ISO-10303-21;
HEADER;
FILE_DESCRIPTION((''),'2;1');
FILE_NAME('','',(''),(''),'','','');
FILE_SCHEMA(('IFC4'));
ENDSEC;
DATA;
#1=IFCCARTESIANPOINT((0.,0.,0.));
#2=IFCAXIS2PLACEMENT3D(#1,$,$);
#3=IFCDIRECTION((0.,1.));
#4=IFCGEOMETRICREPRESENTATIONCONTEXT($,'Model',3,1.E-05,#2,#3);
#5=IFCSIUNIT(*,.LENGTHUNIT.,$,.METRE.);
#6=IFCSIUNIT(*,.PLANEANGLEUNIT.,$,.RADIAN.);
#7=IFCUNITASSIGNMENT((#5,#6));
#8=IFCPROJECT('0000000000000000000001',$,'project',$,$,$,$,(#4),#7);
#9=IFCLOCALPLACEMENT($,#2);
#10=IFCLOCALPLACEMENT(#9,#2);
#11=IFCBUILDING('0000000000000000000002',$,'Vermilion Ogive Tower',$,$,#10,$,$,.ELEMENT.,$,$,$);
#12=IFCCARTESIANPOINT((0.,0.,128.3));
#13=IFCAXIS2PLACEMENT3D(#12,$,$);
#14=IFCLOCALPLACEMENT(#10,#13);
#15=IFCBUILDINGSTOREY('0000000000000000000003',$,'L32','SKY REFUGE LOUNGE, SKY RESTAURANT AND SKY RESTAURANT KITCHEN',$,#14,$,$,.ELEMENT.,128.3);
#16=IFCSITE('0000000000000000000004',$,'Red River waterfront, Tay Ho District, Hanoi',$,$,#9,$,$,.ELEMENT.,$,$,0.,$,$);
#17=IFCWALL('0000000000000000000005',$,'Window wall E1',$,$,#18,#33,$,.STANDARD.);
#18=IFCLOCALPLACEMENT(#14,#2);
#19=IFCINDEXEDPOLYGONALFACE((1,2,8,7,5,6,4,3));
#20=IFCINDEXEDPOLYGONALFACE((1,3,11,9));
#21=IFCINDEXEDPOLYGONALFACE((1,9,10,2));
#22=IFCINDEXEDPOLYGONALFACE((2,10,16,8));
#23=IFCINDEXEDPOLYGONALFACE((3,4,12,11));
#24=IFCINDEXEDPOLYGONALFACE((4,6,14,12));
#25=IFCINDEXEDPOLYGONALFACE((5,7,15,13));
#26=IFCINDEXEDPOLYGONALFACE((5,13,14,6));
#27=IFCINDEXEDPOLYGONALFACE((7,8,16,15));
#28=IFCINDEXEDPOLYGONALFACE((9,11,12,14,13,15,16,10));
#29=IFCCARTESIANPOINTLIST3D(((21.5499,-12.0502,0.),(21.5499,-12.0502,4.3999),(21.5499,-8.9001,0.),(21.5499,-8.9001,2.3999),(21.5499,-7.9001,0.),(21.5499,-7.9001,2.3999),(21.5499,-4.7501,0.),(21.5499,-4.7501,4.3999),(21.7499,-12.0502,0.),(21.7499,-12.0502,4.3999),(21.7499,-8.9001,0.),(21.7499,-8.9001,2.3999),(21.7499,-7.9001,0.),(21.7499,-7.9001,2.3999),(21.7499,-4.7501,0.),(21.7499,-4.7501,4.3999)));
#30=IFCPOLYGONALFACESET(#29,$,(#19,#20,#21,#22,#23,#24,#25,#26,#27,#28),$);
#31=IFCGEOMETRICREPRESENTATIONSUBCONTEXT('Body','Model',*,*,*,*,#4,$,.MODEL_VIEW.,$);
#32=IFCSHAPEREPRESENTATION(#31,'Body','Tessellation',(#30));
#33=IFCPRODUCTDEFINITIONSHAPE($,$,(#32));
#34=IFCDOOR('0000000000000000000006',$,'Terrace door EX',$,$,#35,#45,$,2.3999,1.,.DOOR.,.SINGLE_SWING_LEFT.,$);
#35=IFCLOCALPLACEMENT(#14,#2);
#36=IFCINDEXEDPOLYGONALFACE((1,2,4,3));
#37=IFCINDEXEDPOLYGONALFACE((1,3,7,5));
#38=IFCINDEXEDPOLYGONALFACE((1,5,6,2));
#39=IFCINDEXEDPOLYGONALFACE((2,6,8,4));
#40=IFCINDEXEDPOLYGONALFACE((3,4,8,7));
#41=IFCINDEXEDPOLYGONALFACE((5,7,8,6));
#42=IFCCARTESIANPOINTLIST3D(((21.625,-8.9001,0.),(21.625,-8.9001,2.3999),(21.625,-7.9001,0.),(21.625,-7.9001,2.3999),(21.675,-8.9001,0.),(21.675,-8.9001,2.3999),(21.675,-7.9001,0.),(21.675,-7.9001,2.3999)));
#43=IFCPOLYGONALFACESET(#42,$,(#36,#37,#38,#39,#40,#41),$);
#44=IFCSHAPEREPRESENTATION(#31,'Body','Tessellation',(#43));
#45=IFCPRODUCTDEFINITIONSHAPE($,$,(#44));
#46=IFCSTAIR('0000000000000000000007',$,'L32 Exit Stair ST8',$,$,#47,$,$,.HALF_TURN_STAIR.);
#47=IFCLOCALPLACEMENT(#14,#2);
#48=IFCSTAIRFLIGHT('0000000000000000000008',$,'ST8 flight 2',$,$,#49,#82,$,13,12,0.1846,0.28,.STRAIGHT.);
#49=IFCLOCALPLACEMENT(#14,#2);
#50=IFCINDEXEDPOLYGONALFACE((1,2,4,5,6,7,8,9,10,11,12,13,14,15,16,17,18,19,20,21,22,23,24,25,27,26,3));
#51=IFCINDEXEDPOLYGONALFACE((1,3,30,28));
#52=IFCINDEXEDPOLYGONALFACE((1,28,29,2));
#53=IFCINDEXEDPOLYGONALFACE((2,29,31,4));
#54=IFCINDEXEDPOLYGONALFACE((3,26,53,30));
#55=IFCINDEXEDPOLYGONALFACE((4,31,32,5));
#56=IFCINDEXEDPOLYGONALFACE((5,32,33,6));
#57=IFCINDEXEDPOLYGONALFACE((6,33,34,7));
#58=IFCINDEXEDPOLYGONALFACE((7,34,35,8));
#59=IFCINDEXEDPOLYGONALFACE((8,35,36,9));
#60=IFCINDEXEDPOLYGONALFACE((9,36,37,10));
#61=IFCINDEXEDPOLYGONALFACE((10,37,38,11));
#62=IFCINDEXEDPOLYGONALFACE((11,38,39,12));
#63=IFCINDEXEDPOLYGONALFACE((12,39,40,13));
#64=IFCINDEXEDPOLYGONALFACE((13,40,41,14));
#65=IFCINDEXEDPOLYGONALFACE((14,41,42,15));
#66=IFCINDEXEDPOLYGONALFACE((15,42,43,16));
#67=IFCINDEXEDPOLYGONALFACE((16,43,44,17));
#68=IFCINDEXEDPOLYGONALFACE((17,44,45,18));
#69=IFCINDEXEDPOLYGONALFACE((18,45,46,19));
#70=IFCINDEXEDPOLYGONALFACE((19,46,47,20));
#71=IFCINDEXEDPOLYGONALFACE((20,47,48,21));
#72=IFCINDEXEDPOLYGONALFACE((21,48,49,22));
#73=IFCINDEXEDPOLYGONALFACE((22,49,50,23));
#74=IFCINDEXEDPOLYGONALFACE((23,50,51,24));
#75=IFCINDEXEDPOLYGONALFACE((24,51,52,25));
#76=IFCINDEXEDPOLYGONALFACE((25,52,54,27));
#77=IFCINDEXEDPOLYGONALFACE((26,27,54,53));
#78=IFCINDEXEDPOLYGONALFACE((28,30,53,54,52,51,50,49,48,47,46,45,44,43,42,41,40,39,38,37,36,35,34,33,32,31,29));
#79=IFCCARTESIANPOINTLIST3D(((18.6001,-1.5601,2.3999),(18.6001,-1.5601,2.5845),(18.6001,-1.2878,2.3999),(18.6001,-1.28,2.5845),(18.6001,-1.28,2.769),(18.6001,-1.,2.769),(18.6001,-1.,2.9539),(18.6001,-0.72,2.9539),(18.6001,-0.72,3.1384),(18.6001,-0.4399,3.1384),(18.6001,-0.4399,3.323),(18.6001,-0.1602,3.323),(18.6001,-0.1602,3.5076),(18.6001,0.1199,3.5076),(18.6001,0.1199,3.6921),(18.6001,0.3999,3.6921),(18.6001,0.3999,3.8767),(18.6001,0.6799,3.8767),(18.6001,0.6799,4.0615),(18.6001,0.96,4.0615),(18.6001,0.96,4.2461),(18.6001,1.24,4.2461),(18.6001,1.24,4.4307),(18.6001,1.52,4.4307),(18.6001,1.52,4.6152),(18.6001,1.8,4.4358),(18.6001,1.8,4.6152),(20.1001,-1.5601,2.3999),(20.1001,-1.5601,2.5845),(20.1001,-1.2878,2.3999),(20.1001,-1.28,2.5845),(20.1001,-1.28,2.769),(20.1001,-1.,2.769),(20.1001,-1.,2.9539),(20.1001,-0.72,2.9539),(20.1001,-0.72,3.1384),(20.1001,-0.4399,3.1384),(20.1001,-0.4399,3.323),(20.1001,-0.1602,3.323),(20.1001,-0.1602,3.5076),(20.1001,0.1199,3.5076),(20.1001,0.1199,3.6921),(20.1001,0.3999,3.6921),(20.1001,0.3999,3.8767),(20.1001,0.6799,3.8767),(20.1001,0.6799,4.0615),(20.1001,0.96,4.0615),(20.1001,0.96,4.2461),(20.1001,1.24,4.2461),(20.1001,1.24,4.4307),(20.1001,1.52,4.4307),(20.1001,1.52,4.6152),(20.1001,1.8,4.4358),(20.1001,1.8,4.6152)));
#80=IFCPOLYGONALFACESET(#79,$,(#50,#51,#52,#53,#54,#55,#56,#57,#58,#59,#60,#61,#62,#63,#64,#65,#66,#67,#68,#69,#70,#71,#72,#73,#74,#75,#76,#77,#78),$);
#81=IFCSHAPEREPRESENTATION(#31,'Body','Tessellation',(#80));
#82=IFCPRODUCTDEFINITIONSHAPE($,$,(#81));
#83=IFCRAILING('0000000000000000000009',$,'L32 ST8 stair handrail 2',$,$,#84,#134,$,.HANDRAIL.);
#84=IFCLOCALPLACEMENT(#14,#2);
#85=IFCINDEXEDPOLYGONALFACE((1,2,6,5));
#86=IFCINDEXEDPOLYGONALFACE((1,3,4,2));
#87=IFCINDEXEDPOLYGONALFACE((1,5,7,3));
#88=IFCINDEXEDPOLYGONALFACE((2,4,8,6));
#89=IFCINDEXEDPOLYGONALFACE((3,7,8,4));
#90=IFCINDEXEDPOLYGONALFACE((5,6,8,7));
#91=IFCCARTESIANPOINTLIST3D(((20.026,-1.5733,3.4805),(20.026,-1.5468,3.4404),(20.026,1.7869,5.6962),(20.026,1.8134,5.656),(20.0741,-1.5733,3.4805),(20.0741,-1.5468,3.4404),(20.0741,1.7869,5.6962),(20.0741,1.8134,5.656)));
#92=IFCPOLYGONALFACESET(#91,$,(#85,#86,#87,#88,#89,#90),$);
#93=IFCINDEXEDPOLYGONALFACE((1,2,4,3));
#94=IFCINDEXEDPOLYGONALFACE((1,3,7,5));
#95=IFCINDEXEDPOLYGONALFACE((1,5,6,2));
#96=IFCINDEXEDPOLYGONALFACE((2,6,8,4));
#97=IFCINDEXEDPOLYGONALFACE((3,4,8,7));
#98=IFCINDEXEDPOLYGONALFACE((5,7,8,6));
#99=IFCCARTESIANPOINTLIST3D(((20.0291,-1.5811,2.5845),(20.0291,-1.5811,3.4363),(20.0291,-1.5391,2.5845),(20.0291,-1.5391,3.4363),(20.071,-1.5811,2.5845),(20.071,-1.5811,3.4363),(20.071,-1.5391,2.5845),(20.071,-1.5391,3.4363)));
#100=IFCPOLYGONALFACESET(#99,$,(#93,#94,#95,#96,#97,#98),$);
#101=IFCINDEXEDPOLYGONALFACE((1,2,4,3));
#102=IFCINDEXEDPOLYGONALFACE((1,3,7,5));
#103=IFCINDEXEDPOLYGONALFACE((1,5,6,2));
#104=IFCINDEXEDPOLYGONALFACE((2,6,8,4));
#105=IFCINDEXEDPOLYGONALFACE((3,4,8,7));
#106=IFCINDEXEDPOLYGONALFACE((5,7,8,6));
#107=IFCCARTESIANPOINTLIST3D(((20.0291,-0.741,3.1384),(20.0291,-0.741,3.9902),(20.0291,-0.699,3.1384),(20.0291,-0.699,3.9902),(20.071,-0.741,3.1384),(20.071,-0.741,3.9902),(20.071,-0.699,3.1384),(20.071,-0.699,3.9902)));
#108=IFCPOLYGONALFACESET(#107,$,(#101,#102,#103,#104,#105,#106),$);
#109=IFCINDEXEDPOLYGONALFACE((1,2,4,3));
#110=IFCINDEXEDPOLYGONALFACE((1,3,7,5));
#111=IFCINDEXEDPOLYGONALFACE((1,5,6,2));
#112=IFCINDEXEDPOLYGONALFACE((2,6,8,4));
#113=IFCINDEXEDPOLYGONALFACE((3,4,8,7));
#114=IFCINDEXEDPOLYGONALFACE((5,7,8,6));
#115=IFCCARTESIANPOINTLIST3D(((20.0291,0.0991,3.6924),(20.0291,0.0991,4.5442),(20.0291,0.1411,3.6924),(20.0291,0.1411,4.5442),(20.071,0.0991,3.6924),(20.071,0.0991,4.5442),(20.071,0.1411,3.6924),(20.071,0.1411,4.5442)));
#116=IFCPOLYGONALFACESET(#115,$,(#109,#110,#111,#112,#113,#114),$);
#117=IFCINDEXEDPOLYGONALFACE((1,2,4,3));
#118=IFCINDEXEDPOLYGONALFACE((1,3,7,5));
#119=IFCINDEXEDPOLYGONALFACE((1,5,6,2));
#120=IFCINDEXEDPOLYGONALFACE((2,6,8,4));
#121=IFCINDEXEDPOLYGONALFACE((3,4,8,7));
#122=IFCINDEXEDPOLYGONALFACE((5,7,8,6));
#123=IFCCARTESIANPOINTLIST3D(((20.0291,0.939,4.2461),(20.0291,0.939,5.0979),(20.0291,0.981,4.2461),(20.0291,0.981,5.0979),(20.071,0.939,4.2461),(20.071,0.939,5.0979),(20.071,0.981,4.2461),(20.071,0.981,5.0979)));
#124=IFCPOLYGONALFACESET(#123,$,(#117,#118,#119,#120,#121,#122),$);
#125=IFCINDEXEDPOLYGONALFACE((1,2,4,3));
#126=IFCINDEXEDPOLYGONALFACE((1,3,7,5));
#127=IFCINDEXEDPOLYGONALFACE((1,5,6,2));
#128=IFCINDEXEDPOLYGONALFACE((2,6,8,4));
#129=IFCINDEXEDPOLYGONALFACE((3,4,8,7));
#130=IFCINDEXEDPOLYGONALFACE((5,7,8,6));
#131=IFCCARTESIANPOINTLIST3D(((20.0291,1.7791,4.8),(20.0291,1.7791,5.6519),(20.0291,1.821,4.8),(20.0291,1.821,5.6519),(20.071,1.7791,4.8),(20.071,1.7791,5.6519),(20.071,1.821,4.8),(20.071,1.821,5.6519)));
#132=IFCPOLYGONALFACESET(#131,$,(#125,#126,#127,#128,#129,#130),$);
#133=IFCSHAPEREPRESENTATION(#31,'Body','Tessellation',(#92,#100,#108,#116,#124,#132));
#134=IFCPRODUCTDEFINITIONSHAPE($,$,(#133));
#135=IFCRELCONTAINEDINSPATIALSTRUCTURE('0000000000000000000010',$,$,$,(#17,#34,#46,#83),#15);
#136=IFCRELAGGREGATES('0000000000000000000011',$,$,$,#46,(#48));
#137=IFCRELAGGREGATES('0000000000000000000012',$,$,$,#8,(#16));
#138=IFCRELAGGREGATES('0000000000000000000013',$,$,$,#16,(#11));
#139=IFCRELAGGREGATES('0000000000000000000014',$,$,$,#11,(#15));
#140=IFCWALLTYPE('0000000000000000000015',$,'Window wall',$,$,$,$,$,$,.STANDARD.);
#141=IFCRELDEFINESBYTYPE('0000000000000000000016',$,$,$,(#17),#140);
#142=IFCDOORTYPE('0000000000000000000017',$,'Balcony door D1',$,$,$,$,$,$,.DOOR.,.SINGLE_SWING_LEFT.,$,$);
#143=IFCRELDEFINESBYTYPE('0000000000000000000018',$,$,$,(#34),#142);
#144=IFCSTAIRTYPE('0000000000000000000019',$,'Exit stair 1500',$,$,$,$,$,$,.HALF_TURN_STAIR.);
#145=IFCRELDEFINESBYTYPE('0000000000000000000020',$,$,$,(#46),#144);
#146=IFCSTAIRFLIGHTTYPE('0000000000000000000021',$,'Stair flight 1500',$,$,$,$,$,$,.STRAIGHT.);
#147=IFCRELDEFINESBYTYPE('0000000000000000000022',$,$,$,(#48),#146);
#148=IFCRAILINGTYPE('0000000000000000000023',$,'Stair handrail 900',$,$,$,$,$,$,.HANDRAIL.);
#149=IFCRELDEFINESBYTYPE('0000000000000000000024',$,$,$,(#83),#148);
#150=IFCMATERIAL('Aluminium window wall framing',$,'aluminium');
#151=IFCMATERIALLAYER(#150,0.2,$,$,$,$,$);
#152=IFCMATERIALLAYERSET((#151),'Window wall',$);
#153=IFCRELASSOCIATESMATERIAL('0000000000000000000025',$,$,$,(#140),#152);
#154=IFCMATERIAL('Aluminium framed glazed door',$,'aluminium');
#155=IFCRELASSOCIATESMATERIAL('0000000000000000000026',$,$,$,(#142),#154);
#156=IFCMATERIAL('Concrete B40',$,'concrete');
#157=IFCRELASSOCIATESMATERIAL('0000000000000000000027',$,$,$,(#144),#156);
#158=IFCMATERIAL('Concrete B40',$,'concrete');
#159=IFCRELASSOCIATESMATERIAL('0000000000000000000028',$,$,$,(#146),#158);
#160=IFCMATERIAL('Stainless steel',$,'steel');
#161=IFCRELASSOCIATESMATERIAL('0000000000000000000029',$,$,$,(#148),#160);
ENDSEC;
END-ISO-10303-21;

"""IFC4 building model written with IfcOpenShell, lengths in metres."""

from ifc_helpers import new_model, si_unit, direction, frame, frame_2d, origin, origin_2d, place, context, subcontext, project, spatial, polyline, rectangle, outline, extrude, material, layer, layer_set, type_object, element, fill, aggregate, save


model = new_model("IFC4")

# Units and contexts
model_context = context("Model", 3, precision=1e-05, world=origin(), true_north=direction((0.0, 1.0)))
body_context = subcontext(model_context, "Body", "Model", "MODEL_VIEW")
ifc_project = project(units=[si_unit("LENGTHUNIT", "METRE"), si_unit("PLANEANGLEUNIT", "RADIAN")], contexts=[model_context])

# Site, building, storey
site_placement = place(None, origin())
site = spatial("IfcSite", under=ifc_project, at=site_placement, Name="Red River waterfront, Tay Ho District, Hanoi", CompositionType="ELEMENT", RefElevation=0.0)
building_placement = place(site_placement, origin())
building = spatial("IfcBuilding", under=site, at=building_placement, Name="Vermilion Ogive Tower", CompositionType="ELEMENT")
storey_placement = place(building_placement, frame((0.0, 0.0, 128.3)))
storey = spatial("IfcBuildingStorey", under=building, at=storey_placement, Name="L32", Description="SKY REFUGE LOUNGE, SKY RESTAURANT AND SKY RESTAURANT KITCHEN", CompositionType="ELEMENT", Elevation=128.3)

# Wall, opening, door
ifc_material_1 = material(Name="Aluminium window wall framing", Category="aluminium")
ifc_layer_1 = layer(ifc_material_1, 0.2)
ifc_layer_set_1 = layer_set([ifc_layer_1], Name="Window wall")
wall_type_1 = type_object("IfcWallType", Name="Window wall", PredefinedType="STANDARD", material=ifc_layer_set_1)
wall_1_placement = place(storey_placement, frame((21.6499, -12.05, 0.0), z_axis=(0.0, 0.0, 1.0), x_axis=(0.0, 1.0, 0.0)))
wall_1 = element("IfcWall", 1, at=wall_1_placement, inside=storey, type_object=wall_type_1, Name="Window wall E1", PredefinedType="STANDARD", context=body_context, shape_type="SweptSolid", body=[
    extrude(rectangle(XDim=7.3, YDim=0.2, at=frame_2d((3.6499, 0.0))), origin(), (0.0, 0.0, 1.0), 4.3999),
])
opening_1_placement = place(wall_1_placement, frame((3.1499, 0.0, 0.0)))
opening_1 = element("IfcOpeningElement", 2, at=opening_1_placement, cuts=wall_1, PredefinedType="OPENING", context=body_context, shape_type="SweptSolid", body=[
    extrude(rectangle(XDim=1.0, YDim=2.3999, at=frame_2d((0.5, 1.2))), frame((0.0, 0.1099, 0.0), z_axis=(0.0, -1.0, 0.0), x_axis=(1.0, 0.0, 0.0)), (0.0, 0.0, 1.0), 0.22),
])
ifc_material_2 = material(Name="Aluminium framed glazed door", Category="aluminium")
door_type_1 = type_object("IfcDoorType", Name="Balcony door D1", OperationType="SINGLE_SWING_LEFT", PredefinedType="DOOR", material=ifc_material_2)
door_1_placement = place(opening_1_placement, origin())
door_1 = element("IfcDoor", 3, at=door_1_placement, inside=storey, type_object=door_type_1, Name="Terrace door EX", OperationType="SINGLE_SWING_LEFT", OverallHeight=2.3999, OverallWidth=1.0, PredefinedType="DOOR", context=body_context, shape_type="SweptSolid", body=[
    extrude(rectangle(XDim=1.0, YDim=2.3999, at=frame_2d((0.5, 1.2))), frame((0.0, 0.0249, 0.0), z_axis=(0.0, -1.0, 0.0), x_axis=(1.0, 0.0, 0.0)), (0.0, 0.0, 1.0), 0.05),
])
fill(opening_1, door_1)

# Stair, stair flight
ifc_material_3 = material(Name="Concrete B40", Category="concrete")
stair_type = type_object("IfcStairType", Name="Exit stair 1500", PredefinedType="HALF_TURN_STAIR", material=ifc_material_3)
stair_placement = place(storey_placement, origin())
stair = element("IfcStair", 4, at=stair_placement, inside=storey, type_object=stair_type, Name="L32 Exit Stair ST8", PredefinedType="HALF_TURN_STAIR")
ifc_material_4 = material(Name="Concrete B40", Category="concrete")
stair_flight_type = type_object("IfcStairFlightType", Name="Stair flight 1500", PredefinedType="STRAIGHT", material=ifc_material_4)
stair_flight_placement = place(storey_placement, frame((19.3501, -1.5601, 2.3999), z_axis=(0.0, 0.0, 1.0), x_axis=(0.0, 1.0, 0.0)))
stair_flight = element("IfcStairFlight", 5, at=stair_flight_placement, type_object=stair_flight_type, Name="ST8 flight 2", NumberOfRisers=13, NumberOfTreads=12, PredefinedType="STRAIGHT", RiserHeight=0.1846, TreadLength=0.28, context=body_context, shape_type="SweptSolid", body=[
    extrude(outline(polyline([(0.0, 0.0), (0.0, 0.1846), (0.28, 0.1846), (0.28, 0.3691), (0.5601, 0.3691), (0.5601, 0.554), (0.8401, 0.554), (0.8401, 0.7385), (1.1201, 0.7385), (1.1201, 0.9231), (1.3999, 0.9231), (1.3999, 1.1077), (1.6799, 1.1077), (1.6799, 1.2922), (1.96, 1.2922), (1.96, 1.4768), (2.24, 1.4768), (2.24, 1.6616), (2.52, 1.6616), (2.52, 1.8462), (2.8, 1.8462), (2.8, 2.0308), (3.0801, 2.0308), (3.0801, 2.2153), (3.3601, 2.2153), (3.3601, 2.3999), (3.3601, 2.0359), (0.2722, 0.0), (0.0, 0.0)])), frame((0.0, 0.75, 0.0), z_axis=(0.0, -1.0, 0.0), x_axis=(1.0, 0.0, 0.0)), (0.0, 0.0, 1.0), 1.5),
])
aggregate(stair, [stair_flight])

# Railing
ifc_material_5 = material(Name="Stainless steel", Category="steel")
railing_type = type_object("IfcRailingType", Name="Stair handrail 900", PredefinedType="HANDRAIL", material=ifc_material_5)
railing_placement = place(storey_placement, frame((20.05, -1.5601, 2.5845)))
element("IfcRailing", 6, at=railing_placement, inside=storey, type_object=railing_type, Name="L32 ST8 stair handrail 2", PredefinedType="HANDRAIL", context=body_context, shape_type="SweptSolid", body=[
    extrude(rectangle(XDim=0.0481, YDim=0.0481, at=origin_2d()), frame((0.0, 0.0, 0.876), z_axis=(0.0, 0.834849, 0.55048), x_axis=(-1.0, 0.0, 0.0)), (0.0, 0.0, 1.0), 4.0249),
    extrude(rectangle(XDim=0.042, YDim=0.042, at=origin_2d()), origin(), (0.0, 0.0, 1.0), 0.8518),
    extrude(rectangle(XDim=0.042, YDim=0.042, at=origin_2d()), frame((0.0, 0.8401, 0.554)), (0.0, 0.0, 1.0), 0.8518),
    extrude(rectangle(XDim=0.042, YDim=0.042, at=origin_2d()), frame((0.0, 1.6802, 1.1079)), (0.0, 0.0, 1.0), 0.8518),
    extrude(rectangle(XDim=0.042, YDim=0.042, at=origin_2d()), frame((0.0, 2.52, 1.6616)), (0.0, 0.0, 1.0), 0.8518),
    extrude(rectangle(XDim=0.042, YDim=0.042, at=origin_2d()), frame((0.0, 3.3601, 2.2156)), (0.0, 0.0, 1.0), 0.8518),
])

save(model, "model.ifc")
